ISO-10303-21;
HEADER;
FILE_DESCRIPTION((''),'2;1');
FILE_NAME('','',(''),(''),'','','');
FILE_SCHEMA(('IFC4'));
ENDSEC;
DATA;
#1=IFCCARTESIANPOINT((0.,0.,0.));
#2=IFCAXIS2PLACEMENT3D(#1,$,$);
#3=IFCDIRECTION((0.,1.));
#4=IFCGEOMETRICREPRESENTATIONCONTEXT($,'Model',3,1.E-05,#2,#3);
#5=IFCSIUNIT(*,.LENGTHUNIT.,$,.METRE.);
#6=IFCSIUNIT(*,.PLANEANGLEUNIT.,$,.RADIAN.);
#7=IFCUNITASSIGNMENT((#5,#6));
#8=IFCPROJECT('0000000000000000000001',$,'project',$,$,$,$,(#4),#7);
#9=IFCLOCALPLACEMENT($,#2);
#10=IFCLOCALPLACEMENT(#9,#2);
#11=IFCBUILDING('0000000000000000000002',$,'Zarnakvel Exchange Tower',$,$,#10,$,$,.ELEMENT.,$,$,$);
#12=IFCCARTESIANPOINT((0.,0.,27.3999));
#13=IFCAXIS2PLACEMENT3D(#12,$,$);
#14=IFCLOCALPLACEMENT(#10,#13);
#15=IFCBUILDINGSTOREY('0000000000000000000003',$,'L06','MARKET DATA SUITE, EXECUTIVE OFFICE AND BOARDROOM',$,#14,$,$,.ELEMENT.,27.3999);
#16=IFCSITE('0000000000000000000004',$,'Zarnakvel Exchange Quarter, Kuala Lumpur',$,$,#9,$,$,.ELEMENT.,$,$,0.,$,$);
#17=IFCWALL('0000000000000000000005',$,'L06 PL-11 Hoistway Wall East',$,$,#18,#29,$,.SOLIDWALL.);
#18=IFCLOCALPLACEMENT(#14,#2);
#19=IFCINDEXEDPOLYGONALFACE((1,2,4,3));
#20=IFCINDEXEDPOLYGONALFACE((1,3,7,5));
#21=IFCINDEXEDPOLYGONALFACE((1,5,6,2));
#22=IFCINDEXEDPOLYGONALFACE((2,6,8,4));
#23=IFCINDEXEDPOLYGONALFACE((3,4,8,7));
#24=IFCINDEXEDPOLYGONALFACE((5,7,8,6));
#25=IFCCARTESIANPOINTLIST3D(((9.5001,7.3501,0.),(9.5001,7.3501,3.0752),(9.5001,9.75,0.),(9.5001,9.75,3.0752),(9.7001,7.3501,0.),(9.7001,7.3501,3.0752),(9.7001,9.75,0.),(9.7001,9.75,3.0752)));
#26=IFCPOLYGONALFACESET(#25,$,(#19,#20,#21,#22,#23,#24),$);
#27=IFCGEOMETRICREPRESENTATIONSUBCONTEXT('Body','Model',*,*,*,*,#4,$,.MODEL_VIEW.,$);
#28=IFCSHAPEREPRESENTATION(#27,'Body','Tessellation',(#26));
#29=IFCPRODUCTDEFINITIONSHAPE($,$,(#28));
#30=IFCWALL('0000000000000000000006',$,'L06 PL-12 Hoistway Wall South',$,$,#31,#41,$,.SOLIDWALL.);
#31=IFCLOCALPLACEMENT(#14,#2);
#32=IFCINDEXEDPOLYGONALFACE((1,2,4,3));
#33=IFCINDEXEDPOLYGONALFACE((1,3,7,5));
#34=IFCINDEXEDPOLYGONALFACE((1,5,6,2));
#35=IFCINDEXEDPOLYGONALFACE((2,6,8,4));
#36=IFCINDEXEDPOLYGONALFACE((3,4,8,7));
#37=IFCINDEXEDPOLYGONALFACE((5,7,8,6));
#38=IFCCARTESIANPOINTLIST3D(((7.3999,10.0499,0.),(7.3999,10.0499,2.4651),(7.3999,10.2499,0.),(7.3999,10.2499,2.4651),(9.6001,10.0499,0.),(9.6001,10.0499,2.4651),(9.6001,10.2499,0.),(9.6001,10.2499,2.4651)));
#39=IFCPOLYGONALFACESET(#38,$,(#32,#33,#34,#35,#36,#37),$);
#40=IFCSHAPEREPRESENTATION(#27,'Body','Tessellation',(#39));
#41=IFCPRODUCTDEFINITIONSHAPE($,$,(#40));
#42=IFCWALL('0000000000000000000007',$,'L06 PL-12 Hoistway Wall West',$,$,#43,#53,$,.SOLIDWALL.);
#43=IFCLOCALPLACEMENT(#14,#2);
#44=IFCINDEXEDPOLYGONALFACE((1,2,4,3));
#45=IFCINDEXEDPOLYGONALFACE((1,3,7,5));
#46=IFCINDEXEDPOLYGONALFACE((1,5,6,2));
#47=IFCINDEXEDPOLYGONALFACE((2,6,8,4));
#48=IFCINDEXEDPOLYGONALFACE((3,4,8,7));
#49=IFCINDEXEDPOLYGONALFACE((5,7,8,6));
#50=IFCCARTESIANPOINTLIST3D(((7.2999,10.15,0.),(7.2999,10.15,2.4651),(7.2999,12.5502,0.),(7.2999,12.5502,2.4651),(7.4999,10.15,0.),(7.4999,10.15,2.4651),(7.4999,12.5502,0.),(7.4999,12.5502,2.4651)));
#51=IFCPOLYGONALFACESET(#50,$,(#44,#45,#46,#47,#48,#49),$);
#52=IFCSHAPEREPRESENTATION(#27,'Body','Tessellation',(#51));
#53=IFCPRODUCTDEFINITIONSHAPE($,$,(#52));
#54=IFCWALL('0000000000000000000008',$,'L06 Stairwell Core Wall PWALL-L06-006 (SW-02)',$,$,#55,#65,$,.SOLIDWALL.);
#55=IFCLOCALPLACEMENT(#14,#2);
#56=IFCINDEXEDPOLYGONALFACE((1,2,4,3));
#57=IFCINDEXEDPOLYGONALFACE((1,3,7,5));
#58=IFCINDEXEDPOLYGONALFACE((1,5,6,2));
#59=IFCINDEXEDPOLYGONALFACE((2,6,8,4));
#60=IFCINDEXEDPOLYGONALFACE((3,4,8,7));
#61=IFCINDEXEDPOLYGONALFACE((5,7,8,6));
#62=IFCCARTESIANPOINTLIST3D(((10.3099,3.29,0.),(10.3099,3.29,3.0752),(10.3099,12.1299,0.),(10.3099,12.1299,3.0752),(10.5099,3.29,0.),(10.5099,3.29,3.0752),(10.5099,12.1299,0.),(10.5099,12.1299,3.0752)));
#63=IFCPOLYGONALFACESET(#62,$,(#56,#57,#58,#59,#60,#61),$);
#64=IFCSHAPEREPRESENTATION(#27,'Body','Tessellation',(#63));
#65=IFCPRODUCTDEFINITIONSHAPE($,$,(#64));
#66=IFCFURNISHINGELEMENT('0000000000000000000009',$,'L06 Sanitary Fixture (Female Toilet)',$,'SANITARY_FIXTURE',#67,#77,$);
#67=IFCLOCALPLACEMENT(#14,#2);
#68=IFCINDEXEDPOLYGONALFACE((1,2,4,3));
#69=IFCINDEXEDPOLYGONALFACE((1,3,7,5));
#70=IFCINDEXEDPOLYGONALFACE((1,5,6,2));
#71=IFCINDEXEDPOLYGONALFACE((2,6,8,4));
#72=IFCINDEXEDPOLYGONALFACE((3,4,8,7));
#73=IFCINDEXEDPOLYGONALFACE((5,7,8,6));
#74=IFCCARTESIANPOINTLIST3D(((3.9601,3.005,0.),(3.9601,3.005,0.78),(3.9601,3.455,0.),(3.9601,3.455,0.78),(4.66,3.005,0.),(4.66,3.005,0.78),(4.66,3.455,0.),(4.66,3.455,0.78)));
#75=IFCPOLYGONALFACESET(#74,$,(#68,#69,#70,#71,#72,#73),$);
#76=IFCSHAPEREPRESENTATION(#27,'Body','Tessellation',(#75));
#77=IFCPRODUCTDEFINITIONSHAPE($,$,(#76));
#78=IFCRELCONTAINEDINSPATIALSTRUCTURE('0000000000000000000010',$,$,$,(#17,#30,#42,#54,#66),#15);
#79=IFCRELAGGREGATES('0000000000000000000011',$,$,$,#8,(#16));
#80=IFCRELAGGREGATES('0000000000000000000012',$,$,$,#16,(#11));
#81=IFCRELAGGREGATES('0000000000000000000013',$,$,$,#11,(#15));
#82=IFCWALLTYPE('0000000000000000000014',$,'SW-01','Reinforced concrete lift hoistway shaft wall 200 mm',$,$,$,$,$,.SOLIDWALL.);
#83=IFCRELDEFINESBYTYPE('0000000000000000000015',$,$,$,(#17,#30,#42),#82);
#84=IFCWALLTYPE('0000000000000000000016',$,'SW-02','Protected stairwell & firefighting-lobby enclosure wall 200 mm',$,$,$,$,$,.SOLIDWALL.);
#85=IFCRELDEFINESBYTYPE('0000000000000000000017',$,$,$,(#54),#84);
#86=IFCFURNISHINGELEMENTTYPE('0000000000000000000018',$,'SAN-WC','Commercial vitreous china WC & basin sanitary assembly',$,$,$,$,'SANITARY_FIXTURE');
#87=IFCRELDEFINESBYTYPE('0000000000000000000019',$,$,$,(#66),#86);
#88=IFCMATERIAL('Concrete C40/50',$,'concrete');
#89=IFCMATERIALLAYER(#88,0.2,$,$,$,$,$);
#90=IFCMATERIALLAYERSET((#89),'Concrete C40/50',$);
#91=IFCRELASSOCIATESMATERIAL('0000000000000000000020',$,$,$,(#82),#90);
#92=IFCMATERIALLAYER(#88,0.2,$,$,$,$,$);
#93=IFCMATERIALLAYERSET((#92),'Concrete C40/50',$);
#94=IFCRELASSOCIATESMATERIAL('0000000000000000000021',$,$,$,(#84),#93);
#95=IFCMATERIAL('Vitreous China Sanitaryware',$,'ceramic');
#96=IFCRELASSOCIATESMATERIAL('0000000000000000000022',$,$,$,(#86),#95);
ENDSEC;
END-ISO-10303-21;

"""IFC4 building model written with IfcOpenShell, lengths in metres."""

from ifc_helpers import new_model, si_unit, direction, frame, frame_2d, origin, origin_2d, place, context, subcontext, project, spatial, rectangle, extrude, source, transform, mapped, material, layer, layer_set, type_object, element, save


model = new_model("IFC4")

# Units and contexts
model_context = context("Model", 3, precision=1e-05, world=origin(), true_north=direction((0.0, 1.0)))
body_context = subcontext(model_context, "Body", "Model", "MODEL_VIEW")
ifc_project = project(units=[si_unit("LENGTHUNIT", "METRE"), si_unit("PLANEANGLEUNIT", "RADIAN")], contexts=[model_context])

# Site, building, storey
site_placement = place(None, origin())
site = spatial("IfcSite", under=ifc_project, at=site_placement, Name="Zarnakvel Exchange Quarter, Kuala Lumpur", CompositionType="ELEMENT", RefElevation=0.0)
building_placement = place(site_placement, origin())
building = spatial("IfcBuilding", under=site, at=building_placement, Name="Zarnakvel Exchange Tower", CompositionType="ELEMENT")
storey_placement = place(building_placement, frame((0.0, 0.0, 27.3999)))
storey = spatial("IfcBuildingStorey", under=building, at=storey_placement, Name="L06", Description="MARKET DATA SUITE, EXECUTIVE OFFICE AND BOARDROOM", CompositionType="ELEMENT", Elevation=27.3999)

# Shared definitions
ifc_material_1 = material(Name="Concrete C40/50", Category="concrete")
ifc_layer_1 = layer(ifc_material_1, 0.2)
ifc_layer_set_1 = layer_set([ifc_layer_1], Name="Concrete C40/50")
wall_type_1 = type_object("IfcWallType", Name="SW-01", Description="Reinforced concrete lift hoistway shaft wall 200 mm", PredefinedType="SOLIDWALL", material=ifc_layer_set_1)

# Walls
wall_1_placement = place(storey_placement, frame((9.6001, 9.75, 0.0), z_axis=(0.0, 0.0, 1.0), x_axis=(0.0, -1.0, 0.0)))
element("IfcWall", 1, at=wall_1_placement, inside=storey, type_object=wall_type_1, Name="L06 PL-11 Hoistway Wall East", PredefinedType="SOLIDWALL", context=body_context, shape_type="SweptSolid", body=[
    extrude(rectangle(XDim=2.3999, YDim=0.2, at=frame_2d((1.2, 0.0))), origin(), (0.0, 0.0, 1.0), 3.0752),
])
wall_2_placement = place(storey_placement, frame((9.6001, 10.1499, 0.0), z_axis=(0.0, 0.0, 1.0), x_axis=(-1.0, 0.0, 0.0)))
element("IfcWall", 2, at=wall_2_placement, inside=storey, type_object=wall_type_1, Name="L06 PL-12 Hoistway Wall South", PredefinedType="SOLIDWALL", context=body_context, shape_type="SweptSolid", body=[
    extrude(rectangle(XDim=2.2002, YDim=0.2, at=frame_2d((1.1001, 0.0))), origin(), (0.0, 0.0, 1.0), 2.4651),
])
wall_3_placement = place(storey_placement, frame((7.3999, 10.1499, 0.0), z_axis=(0.0, 0.0, 1.0), x_axis=(0.0, 1.0, 0.0)))
element("IfcWall", 3, at=wall_3_placement, inside=storey, type_object=wall_type_1, Name="L06 PL-12 Hoistway Wall West", PredefinedType="SOLIDWALL", context=body_context, shape_type="SweptSolid", body=[
    extrude(rectangle(XDim=2.4001, YDim=0.2, at=frame_2d((1.2002, 0.0))), origin(), (0.0, 0.0, 1.0), 2.4651),
])
ifc_layer_2 = layer(ifc_material_1, 0.2)
ifc_layer_set_2 = layer_set([ifc_layer_2], Name="Concrete C40/50")
wall_type_2 = type_object("IfcWallType", Name="SW-02", Description="Protected stairwell & firefighting-lobby enclosure wall 200 mm", PredefinedType="SOLIDWALL", material=ifc_layer_set_2)
wall_4_placement = place(storey_placement, frame((10.4099, 3.29, 0.0), z_axis=(0.0, 0.0, 1.0), x_axis=(0.0, 1.0, 0.0)))
element("IfcWall", 4, at=wall_4_placement, inside=storey, type_object=wall_type_2, Name="L06 Stairwell Core Wall PWALL-L06-006 (SW-02)", PredefinedType="SOLIDWALL", context=body_context, shape_type="SweptSolid", body=[
    extrude(rectangle(XDim=8.8398, YDim=0.2, at=frame_2d((4.4199, 0.0))), origin(), (0.0, 0.0, 1.0), 3.0752),
])

# Furnishing element
ifc_material_2 = material(Name="Vitreous China Sanitaryware", Category="ceramic")
furnishing_element_type = type_object("IfcFurnishingElementType", Name="SAN-WC", Description="Commercial vitreous china WC & basin sanitary assembly", ElementType="SANITARY_FIXTURE", material=ifc_material_2)
shared_shape_1 = source(origin(), body_context, "Body", "SweptSolid", [
    extrude(rectangle(XDim=0.7, YDim=0.45, at=origin_2d()), origin(), (0.0, 0.0, 1.0), 0.78),
])
furnishing_placement = place(storey_placement, frame((4.3101, 3.23, 0.0), z_axis=(0.0, 0.0, 1.0), x_axis=(1.0, 0.0, 0.0)))
element("IfcFurnishingElement", 5, at=furnishing_placement, inside=storey, type_object=furnishing_element_type, Name="L06 Sanitary Fixture (Female Toilet)", ObjectType="SANITARY_FIXTURE", context=body_context, shape_type="MappedRepresentation", body=[
    mapped(shared_shape_1, transform((0.0, 0.0, 0.0), x_axis=(1.0, 0.0, 0.0), y_axis=(0.0, 1.0, 0.0), z_axis=(0.0, 0.0, 1.0), scale=1.0)),
])

save(model, "model.ifc")
